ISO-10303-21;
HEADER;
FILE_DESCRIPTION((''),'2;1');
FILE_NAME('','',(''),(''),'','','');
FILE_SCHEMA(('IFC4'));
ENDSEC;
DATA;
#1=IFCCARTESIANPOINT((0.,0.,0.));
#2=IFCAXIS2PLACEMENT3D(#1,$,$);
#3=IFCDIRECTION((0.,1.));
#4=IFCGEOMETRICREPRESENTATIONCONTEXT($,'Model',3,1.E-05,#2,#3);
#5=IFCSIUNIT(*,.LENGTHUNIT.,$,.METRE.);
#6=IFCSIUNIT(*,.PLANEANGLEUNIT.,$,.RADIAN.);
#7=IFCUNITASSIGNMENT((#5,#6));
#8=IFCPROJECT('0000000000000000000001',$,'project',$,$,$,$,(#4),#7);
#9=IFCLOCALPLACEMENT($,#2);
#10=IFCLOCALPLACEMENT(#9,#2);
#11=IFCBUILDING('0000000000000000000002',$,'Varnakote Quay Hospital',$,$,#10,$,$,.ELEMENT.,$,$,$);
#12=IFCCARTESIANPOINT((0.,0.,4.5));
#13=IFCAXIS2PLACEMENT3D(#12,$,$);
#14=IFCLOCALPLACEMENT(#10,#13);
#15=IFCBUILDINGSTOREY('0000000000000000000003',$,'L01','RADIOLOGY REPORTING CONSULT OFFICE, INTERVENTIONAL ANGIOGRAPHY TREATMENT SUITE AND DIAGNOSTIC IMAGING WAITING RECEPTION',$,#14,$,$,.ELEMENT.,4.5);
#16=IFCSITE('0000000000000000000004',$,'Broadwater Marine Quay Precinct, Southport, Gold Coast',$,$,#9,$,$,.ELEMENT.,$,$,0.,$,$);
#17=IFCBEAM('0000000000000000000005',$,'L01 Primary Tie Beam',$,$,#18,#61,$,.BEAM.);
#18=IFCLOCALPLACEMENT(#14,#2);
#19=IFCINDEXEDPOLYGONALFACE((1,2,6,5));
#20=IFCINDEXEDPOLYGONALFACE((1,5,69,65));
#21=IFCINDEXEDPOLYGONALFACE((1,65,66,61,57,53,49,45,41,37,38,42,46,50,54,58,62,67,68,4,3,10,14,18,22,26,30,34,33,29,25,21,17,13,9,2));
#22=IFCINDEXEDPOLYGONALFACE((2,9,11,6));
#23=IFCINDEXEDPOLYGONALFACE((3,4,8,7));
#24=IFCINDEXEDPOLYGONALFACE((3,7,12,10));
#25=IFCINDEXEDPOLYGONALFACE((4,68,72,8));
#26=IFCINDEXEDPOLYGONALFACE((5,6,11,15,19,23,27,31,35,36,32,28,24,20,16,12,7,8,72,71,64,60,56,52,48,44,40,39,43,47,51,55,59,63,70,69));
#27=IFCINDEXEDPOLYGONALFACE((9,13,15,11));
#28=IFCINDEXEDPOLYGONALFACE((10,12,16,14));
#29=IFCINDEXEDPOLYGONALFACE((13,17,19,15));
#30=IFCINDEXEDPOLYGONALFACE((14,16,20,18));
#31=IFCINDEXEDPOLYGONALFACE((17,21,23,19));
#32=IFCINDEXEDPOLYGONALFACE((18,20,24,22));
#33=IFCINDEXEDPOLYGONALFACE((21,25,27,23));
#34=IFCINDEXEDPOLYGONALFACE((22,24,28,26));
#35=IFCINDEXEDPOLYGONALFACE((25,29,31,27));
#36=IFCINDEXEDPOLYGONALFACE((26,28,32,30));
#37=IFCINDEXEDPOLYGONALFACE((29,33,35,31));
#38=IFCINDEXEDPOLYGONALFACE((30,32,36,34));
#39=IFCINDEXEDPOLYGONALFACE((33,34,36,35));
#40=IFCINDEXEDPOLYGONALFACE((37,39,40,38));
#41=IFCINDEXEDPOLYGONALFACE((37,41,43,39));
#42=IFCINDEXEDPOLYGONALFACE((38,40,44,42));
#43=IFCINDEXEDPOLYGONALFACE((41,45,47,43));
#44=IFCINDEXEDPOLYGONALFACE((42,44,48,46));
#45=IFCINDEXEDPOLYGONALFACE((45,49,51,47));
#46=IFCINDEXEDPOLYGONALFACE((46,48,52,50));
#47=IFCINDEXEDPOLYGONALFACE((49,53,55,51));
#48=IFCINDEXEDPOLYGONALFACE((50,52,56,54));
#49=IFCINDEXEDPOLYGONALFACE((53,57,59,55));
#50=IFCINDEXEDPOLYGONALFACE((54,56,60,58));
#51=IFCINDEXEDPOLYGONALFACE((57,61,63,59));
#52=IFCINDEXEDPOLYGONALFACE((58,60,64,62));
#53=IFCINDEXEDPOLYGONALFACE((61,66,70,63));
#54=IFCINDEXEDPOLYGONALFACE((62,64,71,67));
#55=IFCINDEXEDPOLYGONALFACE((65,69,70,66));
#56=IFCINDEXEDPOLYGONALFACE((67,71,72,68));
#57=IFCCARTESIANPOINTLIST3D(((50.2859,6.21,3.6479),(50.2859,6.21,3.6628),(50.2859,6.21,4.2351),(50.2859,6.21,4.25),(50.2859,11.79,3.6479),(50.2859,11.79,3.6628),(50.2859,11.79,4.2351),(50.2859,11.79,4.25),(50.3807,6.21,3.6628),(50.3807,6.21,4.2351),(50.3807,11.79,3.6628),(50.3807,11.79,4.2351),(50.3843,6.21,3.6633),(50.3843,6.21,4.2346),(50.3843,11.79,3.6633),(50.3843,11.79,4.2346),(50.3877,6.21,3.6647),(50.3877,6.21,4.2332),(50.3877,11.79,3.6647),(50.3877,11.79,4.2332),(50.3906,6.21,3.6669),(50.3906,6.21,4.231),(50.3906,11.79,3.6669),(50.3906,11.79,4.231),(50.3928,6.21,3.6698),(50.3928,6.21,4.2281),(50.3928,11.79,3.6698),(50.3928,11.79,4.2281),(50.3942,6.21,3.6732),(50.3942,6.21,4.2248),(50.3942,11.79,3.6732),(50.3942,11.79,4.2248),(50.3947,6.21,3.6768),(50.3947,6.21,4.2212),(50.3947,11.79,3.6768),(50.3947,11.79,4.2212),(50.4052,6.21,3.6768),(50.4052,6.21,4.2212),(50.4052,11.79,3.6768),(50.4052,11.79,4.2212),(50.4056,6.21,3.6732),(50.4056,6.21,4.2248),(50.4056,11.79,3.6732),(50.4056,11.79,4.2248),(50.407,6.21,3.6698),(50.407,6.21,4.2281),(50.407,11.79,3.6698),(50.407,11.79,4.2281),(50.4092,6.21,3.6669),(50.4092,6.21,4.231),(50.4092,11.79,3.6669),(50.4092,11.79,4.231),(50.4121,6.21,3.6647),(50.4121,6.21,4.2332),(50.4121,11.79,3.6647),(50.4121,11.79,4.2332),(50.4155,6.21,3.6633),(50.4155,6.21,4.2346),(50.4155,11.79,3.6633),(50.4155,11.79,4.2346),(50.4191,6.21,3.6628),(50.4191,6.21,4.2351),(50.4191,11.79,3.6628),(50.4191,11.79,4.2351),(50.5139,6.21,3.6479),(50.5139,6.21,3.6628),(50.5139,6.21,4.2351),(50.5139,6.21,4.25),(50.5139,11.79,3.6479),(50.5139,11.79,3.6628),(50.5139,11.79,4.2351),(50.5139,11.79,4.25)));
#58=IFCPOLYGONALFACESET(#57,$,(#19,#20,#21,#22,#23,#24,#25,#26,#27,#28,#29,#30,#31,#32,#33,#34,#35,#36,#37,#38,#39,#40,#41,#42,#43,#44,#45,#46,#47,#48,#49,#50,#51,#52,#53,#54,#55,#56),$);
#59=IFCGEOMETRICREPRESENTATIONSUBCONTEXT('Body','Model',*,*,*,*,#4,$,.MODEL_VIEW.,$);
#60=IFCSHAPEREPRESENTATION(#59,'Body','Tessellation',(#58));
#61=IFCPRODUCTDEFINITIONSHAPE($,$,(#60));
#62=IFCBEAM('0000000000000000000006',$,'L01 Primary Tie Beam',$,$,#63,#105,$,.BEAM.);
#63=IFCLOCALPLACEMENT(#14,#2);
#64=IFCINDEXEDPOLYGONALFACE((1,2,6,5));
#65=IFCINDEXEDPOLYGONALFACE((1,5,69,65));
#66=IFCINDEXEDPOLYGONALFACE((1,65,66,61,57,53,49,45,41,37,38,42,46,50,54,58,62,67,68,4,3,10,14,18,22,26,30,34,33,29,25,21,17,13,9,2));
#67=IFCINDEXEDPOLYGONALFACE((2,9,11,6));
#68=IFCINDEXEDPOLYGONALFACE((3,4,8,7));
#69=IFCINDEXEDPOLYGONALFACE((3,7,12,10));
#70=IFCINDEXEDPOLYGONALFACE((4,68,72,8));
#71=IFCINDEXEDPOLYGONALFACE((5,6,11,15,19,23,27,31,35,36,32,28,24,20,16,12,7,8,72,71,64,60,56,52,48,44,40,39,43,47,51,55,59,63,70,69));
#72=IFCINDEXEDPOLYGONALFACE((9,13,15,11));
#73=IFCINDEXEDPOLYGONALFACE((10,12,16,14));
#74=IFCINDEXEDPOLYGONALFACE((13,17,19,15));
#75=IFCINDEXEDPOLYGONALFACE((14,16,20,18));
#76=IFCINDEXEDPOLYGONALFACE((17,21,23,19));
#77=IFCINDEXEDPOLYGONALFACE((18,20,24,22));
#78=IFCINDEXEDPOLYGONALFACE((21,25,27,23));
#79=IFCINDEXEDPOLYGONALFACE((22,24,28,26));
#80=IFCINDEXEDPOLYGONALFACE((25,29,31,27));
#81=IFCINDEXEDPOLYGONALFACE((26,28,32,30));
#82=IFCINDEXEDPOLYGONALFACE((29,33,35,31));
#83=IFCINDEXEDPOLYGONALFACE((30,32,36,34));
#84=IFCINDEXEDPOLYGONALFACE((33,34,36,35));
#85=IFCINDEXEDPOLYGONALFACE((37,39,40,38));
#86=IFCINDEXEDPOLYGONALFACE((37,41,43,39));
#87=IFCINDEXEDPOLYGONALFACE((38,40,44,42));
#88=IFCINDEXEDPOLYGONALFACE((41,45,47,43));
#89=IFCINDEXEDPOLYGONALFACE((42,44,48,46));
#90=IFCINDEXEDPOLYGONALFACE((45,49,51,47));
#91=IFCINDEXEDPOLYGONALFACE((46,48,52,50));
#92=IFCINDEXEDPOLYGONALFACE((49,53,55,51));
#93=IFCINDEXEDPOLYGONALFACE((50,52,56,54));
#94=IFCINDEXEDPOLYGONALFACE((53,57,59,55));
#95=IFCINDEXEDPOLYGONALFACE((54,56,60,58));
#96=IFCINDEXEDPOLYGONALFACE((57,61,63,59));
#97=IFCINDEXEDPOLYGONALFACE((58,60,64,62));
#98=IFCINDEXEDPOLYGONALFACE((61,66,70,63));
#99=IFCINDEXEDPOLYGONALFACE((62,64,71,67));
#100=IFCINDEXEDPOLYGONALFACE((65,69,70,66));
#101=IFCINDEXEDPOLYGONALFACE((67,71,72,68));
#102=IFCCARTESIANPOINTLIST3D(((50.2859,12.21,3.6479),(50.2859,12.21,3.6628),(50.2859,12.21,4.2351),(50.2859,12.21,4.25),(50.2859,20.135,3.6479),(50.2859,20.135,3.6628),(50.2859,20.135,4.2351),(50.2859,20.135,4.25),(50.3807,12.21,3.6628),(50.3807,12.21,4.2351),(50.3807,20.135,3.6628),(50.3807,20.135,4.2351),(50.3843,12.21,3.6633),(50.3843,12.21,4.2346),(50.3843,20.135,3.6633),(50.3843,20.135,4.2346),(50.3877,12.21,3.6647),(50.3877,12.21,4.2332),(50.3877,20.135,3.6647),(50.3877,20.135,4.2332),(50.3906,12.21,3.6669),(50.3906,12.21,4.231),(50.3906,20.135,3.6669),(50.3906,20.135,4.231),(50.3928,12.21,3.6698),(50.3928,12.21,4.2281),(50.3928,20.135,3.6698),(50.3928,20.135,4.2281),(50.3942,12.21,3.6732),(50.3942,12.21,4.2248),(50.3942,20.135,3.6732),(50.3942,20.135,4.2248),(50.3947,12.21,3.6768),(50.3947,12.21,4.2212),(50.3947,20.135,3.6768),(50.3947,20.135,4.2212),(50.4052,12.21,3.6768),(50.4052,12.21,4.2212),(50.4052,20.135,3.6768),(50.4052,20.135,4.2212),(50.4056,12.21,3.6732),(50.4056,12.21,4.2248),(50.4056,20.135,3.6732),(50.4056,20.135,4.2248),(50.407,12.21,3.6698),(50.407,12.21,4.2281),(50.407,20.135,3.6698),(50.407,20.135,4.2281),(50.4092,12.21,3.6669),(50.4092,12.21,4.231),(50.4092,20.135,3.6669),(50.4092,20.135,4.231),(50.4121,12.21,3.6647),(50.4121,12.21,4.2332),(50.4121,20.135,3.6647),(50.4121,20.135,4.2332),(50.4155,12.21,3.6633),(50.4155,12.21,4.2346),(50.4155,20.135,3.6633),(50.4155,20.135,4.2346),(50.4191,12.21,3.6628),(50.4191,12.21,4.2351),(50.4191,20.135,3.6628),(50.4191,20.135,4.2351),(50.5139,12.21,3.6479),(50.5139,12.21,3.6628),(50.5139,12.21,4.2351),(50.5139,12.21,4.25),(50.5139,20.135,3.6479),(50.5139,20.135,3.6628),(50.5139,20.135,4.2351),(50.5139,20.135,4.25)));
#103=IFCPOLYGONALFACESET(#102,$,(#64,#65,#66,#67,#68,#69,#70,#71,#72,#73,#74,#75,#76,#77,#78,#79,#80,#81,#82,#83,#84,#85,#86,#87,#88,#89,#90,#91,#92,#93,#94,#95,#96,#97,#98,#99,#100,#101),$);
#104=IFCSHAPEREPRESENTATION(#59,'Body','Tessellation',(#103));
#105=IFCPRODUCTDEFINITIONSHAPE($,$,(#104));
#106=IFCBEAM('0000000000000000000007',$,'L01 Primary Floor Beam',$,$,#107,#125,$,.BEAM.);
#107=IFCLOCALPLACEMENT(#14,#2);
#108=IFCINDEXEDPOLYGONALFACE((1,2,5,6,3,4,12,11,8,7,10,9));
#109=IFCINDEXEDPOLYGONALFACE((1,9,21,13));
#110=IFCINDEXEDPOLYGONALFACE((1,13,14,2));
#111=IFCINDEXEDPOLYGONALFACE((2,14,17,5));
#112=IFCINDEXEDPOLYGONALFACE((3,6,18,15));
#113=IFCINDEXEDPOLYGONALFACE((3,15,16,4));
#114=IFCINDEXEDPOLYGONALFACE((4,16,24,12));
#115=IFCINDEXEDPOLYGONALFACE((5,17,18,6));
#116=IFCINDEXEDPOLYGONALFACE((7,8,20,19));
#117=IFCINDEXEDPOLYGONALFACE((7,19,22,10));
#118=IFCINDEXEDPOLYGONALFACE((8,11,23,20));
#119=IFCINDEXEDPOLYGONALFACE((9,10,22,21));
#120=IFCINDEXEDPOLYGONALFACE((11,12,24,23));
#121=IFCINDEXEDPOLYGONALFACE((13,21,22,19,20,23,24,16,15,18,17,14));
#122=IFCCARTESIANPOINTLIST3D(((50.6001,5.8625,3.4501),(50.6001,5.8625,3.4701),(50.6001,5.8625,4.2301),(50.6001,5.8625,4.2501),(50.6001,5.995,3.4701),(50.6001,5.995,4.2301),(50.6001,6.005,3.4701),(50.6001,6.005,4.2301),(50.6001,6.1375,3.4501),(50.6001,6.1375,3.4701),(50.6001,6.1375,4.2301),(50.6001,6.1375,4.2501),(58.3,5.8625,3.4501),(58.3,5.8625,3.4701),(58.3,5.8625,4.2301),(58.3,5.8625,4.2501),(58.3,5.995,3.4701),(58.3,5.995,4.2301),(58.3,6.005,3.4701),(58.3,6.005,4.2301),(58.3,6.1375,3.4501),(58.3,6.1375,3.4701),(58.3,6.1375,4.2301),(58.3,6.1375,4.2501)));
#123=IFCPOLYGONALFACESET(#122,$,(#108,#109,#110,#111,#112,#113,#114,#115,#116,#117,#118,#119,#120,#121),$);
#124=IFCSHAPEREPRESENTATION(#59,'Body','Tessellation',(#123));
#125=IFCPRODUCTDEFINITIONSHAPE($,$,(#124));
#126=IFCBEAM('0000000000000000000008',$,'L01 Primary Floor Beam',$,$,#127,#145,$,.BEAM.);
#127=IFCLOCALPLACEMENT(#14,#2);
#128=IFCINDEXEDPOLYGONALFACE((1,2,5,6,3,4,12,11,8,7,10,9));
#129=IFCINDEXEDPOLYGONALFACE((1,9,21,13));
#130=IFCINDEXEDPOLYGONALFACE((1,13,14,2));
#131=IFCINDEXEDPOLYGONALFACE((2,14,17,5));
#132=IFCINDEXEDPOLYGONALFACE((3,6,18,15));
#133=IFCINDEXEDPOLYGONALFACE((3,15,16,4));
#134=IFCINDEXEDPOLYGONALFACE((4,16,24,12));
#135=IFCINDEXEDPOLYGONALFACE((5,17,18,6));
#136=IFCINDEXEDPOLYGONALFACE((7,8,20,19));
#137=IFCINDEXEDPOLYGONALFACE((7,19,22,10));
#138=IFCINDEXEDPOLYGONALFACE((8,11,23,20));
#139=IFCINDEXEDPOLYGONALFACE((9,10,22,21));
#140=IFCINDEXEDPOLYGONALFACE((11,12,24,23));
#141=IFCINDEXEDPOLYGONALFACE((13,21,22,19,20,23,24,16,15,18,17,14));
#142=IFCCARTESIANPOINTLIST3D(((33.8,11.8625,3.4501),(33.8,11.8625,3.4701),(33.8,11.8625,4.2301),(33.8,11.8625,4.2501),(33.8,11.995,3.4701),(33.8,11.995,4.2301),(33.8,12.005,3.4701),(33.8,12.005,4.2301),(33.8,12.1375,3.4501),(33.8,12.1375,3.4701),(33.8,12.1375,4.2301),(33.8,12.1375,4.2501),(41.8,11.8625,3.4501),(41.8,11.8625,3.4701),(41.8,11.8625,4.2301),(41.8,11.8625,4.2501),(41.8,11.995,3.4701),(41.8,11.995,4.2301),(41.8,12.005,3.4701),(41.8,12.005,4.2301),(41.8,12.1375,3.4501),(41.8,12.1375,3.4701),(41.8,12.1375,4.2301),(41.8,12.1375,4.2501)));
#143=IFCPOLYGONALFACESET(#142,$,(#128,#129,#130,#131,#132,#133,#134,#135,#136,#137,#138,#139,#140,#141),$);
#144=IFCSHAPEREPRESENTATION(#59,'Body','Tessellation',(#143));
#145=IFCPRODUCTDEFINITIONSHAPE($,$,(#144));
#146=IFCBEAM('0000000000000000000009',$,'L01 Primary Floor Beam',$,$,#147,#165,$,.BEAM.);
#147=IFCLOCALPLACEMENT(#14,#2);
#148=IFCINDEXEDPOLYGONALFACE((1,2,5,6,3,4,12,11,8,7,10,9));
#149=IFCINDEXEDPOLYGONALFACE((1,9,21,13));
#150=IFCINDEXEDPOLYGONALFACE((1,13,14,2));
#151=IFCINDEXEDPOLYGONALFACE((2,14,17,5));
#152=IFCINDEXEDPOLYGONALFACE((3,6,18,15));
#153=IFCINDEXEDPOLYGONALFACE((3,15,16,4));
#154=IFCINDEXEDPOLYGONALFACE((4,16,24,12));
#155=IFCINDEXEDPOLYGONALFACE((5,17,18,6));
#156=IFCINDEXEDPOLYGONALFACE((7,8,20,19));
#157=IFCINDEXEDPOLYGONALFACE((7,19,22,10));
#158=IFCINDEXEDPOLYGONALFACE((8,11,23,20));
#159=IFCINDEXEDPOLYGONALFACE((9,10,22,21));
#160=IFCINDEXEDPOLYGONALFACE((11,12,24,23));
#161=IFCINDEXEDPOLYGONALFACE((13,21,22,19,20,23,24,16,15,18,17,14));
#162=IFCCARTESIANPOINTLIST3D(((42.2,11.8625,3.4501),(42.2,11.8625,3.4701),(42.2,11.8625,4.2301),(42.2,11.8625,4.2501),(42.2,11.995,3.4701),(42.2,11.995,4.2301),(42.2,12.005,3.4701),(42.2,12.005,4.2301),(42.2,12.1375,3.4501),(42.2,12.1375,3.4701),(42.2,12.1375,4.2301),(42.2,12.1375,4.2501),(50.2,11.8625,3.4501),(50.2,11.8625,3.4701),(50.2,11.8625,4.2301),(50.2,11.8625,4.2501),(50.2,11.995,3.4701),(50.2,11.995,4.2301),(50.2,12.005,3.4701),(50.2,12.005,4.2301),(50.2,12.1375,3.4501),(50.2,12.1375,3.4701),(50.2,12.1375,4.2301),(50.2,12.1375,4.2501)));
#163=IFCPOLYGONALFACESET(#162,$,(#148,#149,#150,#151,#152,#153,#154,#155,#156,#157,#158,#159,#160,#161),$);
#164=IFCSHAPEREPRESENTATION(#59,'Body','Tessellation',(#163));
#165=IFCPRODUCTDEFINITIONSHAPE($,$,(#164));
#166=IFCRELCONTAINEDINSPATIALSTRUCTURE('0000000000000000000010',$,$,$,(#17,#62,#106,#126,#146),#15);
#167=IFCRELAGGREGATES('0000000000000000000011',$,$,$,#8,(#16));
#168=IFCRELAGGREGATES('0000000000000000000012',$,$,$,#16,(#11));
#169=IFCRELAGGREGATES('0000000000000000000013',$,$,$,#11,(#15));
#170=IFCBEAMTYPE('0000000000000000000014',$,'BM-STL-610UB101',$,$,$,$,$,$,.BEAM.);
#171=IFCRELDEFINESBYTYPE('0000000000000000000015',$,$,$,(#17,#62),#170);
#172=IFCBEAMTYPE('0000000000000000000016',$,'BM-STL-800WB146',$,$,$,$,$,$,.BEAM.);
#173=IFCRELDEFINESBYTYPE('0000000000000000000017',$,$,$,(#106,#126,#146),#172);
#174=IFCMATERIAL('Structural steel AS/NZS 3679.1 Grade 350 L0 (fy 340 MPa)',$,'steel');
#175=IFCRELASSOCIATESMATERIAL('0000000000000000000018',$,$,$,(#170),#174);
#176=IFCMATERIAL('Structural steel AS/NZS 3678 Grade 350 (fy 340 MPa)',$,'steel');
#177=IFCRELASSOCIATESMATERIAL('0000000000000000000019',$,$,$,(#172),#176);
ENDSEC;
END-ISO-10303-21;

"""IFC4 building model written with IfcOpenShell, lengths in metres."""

from ifc_helpers import new_model, si_unit, direction, frame, origin, origin_2d, place, context, subcontext, project, spatial, i_section, extrude, material, material_profile, profile_set, type_object, element, save


model = new_model("IFC4")

# Units and contexts
model_context = context("Model", 3, precision=1e-05, world=origin(), true_north=direction((0.0, 1.0)))
body_context = subcontext(model_context, "Body", "Model", "MODEL_VIEW")
ifc_project = project(units=[si_unit("LENGTHUNIT", "METRE"), si_unit("PLANEANGLEUNIT", "RADIAN")], contexts=[model_context])

# Site, building, storey
site_placement = place(None, origin())
site = spatial("IfcSite", under=ifc_project, at=site_placement, Name="Broadwater Marine Quay Precinct, Southport, Gold Coast", CompositionType="ELEMENT", RefElevation=0.0)
building_placement = place(site_placement, origin())
building = spatial("IfcBuilding", under=site, at=building_placement, Name="Varnakote Quay Hospital", CompositionType="ELEMENT")
storey_placement = place(building_placement, frame((0.0, 0.0, 4.5)))
storey = spatial("IfcBuildingStorey", under=building, at=storey_placement, Name="L01", Description="RADIOLOGY REPORTING CONSULT OFFICE, INTERVENTIONAL ANGIOGRAPHY TREATMENT SUITE AND DIAGNOSTIC IMAGING WAITING RECEPTION", CompositionType="ELEMENT", Elevation=4.5)

# Beams
ifc_material_1 = material(Name="Structural steel AS/NZS 3679.1 Grade 350 L0 (fy 340 MPa)", Category="steel")
ifc_material_profile_1 = material_profile(ifc_material_1, i_section(OverallWidth=0.228, OverallDepth=0.6021, WebThickness=0.0105, FlangeThickness=0.0149, FilletRadius=0.0139, at=origin_2d()), Name="610UB101")
ifc_profile_set_1 = profile_set([ifc_material_profile_1], Name="Structural steel AS/NZS 3679.1 Grade 350 L0 (fy 340 MPa)")
beam_type_1 = type_object("IfcBeamType", Name="BM-STL-610UB101", PredefinedType="BEAM", material=ifc_profile_set_1)
beam_1_placement = place(storey_placement, frame((50.3999, 6.21, 3.949), z_axis=(0.0, 1.0, 0.0), x_axis=(-1.0, 0.0, 0.0)))
element("IfcBeam", 1, at=beam_1_placement, inside=storey, type_object=beam_type_1, Name="L01 Primary Tie Beam", PredefinedType="BEAM", context=body_context, shape_type="SweptSolid", body=[
    extrude(i_section(OverallWidth=0.228, OverallDepth=0.6021, WebThickness=0.0105, FlangeThickness=0.0149, FilletRadius=0.0139, at=origin_2d()), origin(), (0.0, 0.0, 1.0), 5.5801),
])
beam_2_placement = place(storey_placement, frame((50.3999, 12.21, 3.949), z_axis=(0.0, 1.0, 0.0), x_axis=(-1.0, 0.0, 0.0)))
element("IfcBeam", 2, at=beam_2_placement, inside=storey, type_object=beam_type_1, Name="L01 Primary Tie Beam", PredefinedType="BEAM", context=body_context, shape_type="SweptSolid", body=[
    extrude(i_section(OverallWidth=0.228, OverallDepth=0.6021, WebThickness=0.0105, FlangeThickness=0.0149, FilletRadius=0.0139, at=origin_2d()), origin(), (0.0, 0.0, 1.0), 7.925),
])
ifc_material_2 = material(Name="Structural steel AS/NZS 3678 Grade 350 (fy 340 MPa)", Category="steel")
ifc_material_profile_2 = material_profile(ifc_material_2, i_section(OverallWidth=0.2749, OverallDepth=0.8, WebThickness=0.01, FlangeThickness=0.02, at=origin_2d()), Name="800WB146")
ifc_profile_set_2 = profile_set([ifc_material_profile_2], Name="Structural steel AS/NZS 3678 Grade 350 (fy 340 MPa)")
beam_type_2 = type_object("IfcBeamType", Name="BM-STL-800WB146", PredefinedType="BEAM", material=ifc_profile_set_2)
beam_3_placement = place(storey_placement, frame((50.6001, 6.0, 3.8501), z_axis=(1.0, 0.0, 0.0), x_axis=(0.0, 1.0, 0.0)))
element("IfcBeam", 3, at=beam_3_placement, inside=storey, type_object=beam_type_2, Name="L01 Primary Floor Beam", PredefinedType="BEAM", context=body_context, shape_type="SweptSolid", body=[
    extrude(i_section(OverallWidth=0.2749, OverallDepth=0.8, WebThickness=0.01, FlangeThickness=0.02, at=origin_2d()), origin(), (0.0, 0.0, 1.0), 7.7),
])
for number, where, z_axis, x_axis, name in (
    (4, (33.8, 12.0, 3.8501), (1.0, 0.0, 0.0), (0.0, 1.0, 0.0), "L01 Primary Floor Beam"),
    (5, (42.2, 12.0, 3.8501), (1.0, 0.0, 0.0), (0.0, 1.0, 0.0), "L01 Primary Floor Beam"),
):
    element("IfcBeam", number, at=place(storey_placement, frame(where, z_axis=z_axis, x_axis=x_axis)), inside=storey, type_object=beam_type_2, Name=name, PredefinedType="BEAM", context=body_context, shape_type="SweptSolid", body=[
        extrude(i_section(OverallWidth=0.2749, OverallDepth=0.8, WebThickness=0.01, FlangeThickness=0.02, at=origin_2d()), origin(), (0.0, 0.0, 1.0), 8.0),
    ])

save(model, "model.ifc")
